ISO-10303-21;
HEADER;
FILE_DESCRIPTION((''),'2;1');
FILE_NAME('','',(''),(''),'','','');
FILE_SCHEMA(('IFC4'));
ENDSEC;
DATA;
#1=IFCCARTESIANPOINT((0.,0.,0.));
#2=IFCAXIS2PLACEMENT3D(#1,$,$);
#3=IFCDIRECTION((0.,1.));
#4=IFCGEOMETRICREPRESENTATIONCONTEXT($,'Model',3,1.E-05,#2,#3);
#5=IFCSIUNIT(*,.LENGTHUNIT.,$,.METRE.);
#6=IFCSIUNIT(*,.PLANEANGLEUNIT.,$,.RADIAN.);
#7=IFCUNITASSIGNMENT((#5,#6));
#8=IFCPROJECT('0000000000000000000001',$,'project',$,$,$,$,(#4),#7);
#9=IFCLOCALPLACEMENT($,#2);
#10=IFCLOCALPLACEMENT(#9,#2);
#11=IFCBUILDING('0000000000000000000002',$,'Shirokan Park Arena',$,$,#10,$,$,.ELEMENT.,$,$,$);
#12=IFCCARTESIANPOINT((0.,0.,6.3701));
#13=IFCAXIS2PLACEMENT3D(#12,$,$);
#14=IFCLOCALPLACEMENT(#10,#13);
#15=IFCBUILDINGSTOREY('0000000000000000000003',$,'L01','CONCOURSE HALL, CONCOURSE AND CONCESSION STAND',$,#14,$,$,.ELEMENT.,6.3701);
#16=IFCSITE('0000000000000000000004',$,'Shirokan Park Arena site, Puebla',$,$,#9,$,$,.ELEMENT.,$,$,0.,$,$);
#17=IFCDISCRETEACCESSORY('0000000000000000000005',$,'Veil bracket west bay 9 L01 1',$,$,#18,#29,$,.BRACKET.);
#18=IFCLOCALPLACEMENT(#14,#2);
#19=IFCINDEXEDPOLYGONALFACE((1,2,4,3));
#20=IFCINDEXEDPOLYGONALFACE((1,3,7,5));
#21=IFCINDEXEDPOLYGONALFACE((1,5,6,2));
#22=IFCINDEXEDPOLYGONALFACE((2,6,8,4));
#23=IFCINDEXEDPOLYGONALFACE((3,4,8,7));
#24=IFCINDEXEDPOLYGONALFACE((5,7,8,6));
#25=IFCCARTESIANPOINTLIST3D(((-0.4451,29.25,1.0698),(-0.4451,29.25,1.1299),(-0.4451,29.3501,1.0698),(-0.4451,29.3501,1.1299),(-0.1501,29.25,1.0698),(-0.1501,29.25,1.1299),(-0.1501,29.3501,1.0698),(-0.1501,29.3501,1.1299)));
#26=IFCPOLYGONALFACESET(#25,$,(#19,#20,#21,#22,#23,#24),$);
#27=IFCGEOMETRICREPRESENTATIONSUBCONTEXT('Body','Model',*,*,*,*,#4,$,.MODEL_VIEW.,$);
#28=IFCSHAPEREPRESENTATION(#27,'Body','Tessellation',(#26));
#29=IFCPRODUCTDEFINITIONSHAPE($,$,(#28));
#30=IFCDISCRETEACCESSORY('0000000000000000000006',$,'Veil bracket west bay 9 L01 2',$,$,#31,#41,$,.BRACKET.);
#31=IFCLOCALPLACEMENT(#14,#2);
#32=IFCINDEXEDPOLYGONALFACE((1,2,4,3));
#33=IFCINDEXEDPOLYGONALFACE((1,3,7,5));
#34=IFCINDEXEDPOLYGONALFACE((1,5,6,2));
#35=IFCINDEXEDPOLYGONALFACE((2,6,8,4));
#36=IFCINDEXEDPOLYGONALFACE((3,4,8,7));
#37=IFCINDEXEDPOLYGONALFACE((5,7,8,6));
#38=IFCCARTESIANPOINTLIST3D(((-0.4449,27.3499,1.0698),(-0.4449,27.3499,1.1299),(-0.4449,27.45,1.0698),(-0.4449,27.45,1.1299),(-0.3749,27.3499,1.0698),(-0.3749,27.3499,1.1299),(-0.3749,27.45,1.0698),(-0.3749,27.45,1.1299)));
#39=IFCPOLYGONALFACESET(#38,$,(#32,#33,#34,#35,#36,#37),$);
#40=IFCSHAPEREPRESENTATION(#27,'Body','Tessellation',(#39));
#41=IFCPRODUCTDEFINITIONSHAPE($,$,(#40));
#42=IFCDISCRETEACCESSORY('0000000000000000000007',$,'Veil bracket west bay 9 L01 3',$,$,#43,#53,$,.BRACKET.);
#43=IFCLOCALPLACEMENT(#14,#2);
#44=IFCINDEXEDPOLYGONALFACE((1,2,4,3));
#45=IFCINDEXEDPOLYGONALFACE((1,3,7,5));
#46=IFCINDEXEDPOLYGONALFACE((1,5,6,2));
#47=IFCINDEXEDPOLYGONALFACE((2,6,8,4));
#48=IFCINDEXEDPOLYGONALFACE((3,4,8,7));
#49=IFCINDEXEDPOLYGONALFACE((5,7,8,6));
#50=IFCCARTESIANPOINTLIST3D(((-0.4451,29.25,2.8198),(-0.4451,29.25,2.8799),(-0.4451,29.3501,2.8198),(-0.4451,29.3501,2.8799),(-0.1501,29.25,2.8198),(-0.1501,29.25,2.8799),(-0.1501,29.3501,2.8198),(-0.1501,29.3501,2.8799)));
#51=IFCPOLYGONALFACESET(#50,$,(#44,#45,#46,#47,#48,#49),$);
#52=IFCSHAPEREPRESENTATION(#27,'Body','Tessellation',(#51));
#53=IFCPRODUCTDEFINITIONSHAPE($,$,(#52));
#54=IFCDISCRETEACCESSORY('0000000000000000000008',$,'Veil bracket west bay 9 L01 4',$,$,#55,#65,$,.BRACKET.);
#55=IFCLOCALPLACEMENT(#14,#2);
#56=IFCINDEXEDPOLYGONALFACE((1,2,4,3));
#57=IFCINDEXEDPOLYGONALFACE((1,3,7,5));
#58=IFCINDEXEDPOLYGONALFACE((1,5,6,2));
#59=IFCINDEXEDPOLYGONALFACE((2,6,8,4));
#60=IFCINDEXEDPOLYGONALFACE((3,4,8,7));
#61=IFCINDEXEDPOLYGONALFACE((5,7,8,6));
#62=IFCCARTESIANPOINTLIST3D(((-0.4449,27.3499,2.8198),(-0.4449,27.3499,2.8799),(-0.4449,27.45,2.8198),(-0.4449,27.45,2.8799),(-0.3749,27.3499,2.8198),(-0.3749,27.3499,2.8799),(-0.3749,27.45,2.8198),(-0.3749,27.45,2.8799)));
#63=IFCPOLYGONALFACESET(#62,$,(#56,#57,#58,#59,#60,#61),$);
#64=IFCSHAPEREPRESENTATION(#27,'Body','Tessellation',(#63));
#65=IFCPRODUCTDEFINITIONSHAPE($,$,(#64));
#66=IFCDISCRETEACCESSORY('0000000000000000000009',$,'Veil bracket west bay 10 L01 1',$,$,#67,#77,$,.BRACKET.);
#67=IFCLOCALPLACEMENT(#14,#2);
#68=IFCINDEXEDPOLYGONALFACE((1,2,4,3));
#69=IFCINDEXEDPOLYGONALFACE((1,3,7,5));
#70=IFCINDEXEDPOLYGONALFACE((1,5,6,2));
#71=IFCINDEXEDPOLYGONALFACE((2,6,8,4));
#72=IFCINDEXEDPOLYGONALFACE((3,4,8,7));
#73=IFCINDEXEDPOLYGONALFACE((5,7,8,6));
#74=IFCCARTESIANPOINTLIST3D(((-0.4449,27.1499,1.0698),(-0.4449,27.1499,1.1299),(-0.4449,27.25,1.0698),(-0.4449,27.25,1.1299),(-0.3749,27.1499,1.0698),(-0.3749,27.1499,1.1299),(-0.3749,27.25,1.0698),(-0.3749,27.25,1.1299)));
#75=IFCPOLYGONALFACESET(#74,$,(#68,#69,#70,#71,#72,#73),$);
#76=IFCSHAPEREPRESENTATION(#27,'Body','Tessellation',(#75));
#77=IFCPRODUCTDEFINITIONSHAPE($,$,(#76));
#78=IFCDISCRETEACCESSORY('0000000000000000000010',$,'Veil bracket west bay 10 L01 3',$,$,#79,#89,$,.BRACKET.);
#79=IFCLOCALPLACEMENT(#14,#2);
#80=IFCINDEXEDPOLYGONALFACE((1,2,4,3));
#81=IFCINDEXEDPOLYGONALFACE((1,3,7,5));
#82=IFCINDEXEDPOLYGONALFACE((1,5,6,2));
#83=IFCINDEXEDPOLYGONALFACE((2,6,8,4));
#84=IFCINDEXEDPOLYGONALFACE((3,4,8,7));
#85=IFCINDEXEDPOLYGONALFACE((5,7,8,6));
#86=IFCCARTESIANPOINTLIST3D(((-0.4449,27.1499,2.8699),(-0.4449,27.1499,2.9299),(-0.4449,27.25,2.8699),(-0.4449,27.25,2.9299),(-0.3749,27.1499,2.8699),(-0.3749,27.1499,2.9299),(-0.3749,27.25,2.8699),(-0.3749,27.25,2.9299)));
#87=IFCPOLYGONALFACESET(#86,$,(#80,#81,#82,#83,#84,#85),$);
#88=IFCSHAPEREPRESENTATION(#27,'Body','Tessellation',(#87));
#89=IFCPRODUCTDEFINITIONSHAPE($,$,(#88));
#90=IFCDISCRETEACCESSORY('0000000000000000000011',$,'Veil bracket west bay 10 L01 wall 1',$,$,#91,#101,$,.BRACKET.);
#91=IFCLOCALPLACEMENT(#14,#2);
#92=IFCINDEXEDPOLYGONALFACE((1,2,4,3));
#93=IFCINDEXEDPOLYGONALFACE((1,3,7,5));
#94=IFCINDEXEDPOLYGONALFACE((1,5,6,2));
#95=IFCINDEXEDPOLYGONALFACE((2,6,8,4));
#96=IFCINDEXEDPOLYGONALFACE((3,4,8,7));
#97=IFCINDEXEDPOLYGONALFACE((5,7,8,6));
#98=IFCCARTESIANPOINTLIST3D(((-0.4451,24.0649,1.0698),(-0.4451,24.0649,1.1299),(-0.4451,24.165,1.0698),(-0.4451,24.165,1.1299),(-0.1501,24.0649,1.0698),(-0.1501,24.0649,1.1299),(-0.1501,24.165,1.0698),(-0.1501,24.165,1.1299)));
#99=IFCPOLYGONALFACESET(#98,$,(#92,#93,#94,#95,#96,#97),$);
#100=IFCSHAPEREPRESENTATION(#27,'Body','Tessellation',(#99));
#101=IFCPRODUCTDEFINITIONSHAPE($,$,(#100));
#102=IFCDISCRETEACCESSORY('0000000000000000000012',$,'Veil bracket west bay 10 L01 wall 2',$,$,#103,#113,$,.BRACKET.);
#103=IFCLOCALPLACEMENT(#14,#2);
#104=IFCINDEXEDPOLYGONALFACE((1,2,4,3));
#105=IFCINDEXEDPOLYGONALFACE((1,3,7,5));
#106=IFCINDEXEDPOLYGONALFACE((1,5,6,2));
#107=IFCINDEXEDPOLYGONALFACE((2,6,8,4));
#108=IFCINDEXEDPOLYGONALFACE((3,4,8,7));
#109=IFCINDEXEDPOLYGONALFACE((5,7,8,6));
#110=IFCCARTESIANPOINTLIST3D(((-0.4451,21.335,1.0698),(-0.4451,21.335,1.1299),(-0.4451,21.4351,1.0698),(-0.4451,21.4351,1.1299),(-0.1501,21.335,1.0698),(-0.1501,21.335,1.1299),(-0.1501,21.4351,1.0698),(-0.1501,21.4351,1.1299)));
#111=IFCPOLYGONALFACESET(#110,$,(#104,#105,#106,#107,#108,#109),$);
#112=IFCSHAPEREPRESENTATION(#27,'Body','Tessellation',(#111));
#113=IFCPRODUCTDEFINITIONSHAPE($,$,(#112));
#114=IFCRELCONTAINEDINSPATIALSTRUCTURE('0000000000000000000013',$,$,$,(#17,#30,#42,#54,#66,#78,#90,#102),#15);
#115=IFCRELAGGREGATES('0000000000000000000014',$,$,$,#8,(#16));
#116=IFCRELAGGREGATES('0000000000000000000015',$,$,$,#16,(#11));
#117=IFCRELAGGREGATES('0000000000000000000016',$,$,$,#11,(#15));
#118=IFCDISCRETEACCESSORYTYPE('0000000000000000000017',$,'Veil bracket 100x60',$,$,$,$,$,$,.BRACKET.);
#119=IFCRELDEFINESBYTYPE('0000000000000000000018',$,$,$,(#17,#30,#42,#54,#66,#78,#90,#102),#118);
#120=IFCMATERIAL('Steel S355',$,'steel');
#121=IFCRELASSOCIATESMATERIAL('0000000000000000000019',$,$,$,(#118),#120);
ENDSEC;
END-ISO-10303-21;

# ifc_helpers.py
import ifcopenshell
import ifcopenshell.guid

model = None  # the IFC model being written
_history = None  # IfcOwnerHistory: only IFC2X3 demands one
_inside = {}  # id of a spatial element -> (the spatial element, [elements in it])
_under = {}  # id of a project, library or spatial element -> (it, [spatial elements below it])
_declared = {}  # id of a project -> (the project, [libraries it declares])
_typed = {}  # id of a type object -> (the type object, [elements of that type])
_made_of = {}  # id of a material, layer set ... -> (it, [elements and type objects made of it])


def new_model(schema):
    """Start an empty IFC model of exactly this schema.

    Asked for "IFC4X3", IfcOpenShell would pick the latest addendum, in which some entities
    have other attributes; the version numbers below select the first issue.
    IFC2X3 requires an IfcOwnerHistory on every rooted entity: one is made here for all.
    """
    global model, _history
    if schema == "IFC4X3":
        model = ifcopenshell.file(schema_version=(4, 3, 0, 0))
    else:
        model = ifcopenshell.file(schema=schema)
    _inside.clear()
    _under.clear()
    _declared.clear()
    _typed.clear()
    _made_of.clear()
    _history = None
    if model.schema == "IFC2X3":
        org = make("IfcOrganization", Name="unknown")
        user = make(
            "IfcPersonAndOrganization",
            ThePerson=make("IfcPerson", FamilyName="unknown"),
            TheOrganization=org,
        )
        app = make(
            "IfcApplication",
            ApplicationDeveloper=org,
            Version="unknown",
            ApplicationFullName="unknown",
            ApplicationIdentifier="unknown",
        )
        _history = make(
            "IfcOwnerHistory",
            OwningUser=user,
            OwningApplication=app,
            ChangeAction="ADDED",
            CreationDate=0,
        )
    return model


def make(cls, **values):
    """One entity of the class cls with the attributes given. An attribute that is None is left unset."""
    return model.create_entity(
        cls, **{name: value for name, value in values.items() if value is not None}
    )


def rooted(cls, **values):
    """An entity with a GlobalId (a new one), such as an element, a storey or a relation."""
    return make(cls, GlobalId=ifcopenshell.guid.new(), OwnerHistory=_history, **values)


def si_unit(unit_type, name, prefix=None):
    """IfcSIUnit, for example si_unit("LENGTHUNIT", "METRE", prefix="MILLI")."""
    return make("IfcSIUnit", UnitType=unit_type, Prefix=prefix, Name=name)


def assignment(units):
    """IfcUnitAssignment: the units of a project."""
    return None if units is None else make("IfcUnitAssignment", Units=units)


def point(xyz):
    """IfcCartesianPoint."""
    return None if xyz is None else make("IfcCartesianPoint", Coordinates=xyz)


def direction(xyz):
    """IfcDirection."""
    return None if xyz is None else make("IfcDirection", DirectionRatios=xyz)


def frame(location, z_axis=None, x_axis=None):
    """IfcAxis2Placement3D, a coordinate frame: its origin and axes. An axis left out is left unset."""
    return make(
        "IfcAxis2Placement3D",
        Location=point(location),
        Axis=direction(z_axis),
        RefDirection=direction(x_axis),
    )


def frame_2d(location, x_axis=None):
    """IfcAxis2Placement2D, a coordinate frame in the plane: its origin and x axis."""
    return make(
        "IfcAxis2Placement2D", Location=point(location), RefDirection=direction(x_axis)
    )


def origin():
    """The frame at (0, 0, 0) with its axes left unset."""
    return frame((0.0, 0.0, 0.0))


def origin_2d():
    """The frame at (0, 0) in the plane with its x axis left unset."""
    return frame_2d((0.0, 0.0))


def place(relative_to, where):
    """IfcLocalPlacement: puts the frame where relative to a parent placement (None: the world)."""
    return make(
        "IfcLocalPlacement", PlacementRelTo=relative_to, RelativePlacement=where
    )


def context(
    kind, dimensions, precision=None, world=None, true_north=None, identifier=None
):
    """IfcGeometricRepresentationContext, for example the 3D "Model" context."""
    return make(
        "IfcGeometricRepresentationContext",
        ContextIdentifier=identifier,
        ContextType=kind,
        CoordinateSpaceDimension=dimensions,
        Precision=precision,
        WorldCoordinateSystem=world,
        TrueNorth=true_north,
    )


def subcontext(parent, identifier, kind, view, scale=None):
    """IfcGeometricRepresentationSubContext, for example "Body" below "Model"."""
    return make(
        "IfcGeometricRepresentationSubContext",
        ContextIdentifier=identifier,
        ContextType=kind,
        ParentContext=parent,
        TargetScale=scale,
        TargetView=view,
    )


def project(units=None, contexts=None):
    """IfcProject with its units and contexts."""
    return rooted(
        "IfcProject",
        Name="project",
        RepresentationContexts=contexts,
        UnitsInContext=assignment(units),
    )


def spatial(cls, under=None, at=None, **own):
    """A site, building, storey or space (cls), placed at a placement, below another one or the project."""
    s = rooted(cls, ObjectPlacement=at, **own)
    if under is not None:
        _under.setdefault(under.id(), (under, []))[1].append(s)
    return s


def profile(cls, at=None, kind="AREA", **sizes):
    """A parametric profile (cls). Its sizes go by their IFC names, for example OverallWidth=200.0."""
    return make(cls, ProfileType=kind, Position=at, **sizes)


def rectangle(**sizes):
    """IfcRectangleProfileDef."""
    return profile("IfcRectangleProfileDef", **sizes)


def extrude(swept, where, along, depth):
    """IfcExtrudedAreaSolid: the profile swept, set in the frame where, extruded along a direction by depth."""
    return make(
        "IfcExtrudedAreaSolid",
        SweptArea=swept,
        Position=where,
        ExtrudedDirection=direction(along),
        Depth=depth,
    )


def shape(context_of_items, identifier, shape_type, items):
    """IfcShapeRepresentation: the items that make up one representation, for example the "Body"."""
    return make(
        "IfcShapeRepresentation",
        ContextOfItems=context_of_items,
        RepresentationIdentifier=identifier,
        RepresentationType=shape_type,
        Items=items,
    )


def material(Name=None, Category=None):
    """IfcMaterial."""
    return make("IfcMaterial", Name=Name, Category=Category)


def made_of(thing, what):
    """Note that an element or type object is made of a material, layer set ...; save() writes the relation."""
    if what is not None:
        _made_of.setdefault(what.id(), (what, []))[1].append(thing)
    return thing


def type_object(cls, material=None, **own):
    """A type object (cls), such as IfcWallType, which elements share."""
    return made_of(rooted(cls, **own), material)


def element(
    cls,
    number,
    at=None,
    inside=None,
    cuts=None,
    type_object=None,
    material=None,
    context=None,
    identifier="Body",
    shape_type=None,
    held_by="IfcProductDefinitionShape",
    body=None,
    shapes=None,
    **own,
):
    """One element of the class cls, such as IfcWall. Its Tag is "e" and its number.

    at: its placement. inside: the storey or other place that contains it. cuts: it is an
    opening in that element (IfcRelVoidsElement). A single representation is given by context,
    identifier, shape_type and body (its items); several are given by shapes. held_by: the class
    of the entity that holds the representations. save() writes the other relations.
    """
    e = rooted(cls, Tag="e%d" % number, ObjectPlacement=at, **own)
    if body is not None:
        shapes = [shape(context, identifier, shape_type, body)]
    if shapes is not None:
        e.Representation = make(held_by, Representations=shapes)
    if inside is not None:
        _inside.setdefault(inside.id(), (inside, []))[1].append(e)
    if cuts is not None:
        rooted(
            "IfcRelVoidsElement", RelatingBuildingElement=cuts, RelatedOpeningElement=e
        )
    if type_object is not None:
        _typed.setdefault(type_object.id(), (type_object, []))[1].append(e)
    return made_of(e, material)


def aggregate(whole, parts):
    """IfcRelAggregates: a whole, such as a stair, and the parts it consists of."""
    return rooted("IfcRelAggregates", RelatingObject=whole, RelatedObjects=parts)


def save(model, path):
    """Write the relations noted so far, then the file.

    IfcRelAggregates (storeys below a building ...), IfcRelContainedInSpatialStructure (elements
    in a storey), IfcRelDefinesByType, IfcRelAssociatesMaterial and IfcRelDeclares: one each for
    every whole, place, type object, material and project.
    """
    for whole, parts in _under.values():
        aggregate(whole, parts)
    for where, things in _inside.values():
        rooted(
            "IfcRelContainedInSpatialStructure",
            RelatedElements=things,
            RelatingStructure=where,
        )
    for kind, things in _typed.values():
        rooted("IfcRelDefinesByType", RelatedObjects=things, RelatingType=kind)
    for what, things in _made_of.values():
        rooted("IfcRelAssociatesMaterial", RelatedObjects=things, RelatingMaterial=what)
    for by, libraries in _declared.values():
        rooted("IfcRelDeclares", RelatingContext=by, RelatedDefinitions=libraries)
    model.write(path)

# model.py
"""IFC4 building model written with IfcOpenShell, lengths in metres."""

from ifc_helpers import new_model, si_unit, direction, frame, origin, origin_2d, place, context, subcontext, project, spatial, rectangle, extrude, material, type_object, element, save


model = new_model("IFC4")

# Units and contexts
model_context = context("Model", 3, precision=1e-05, world=origin(), true_north=direction((0.0, 1.0)))
body_context = subcontext(model_context, "Body", "Model", "MODEL_VIEW")
ifc_project = project(units=[si_unit("LENGTHUNIT", "METRE"), si_unit("PLANEANGLEUNIT", "RADIAN")], contexts=[model_context])

# Site, building, storey
site_placement = place(None, origin())
site = spatial("IfcSite", under=ifc_project, at=site_placement, Name="Shirokan Park Arena site, Puebla", CompositionType="ELEMENT", RefElevation=0.0)
building_placement = place(site_placement, origin())
building = spatial("IfcBuilding", under=site, at=building_placement, Name="Shirokan Park Arena", CompositionType="ELEMENT")
storey_placement = place(building_placement, frame((0.0, 0.0, 6.3701)))
storey = spatial("IfcBuildingStorey", under=building, at=storey_placement, Name="L01", Description="CONCOURSE HALL, CONCOURSE AND CONCESSION STAND", CompositionType="ELEMENT", Elevation=6.3701)

# Discrete accessories
ifc_material_1 = material(Name="Steel S355", Category="steel")
discrete_accessory_type = type_object("IfcDiscreteAccessoryType", Name="Veil bracket 100x60", PredefinedType="BRACKET", material=ifc_material_1)
discrete_accessory_1_placement = place(storey_placement, frame((-0.2976, 29.3, 1.0698), z_axis=(0.0, 0.0, 1.0), x_axis=(0.0, -1.0, 0.0)))
element("IfcDiscreteAccessory", 1, at=discrete_accessory_1_placement, inside=storey, type_object=discrete_accessory_type, Name="Veil bracket west bay 9 L01 1", PredefinedType="BRACKET", context=body_context, shape_type="SweptSolid", body=[
    extrude(rectangle(XDim=0.1001, YDim=0.2949, at=origin_2d()), origin(), (0.0, 0.0, 1.0), 0.0601),
])
discrete_accessory_2_placement = place(storey_placement, frame((-0.4099, 27.3999, 1.0698), z_axis=(0.0, 0.0, 1.0), x_axis=(0.0, -1.0, 0.0)))
element("IfcDiscreteAccessory", 2, at=discrete_accessory_2_placement, inside=storey, type_object=discrete_accessory_type, Name="Veil bracket west bay 9 L01 2", PredefinedType="BRACKET", context=body_context, shape_type="SweptSolid", body=[
    extrude(rectangle(XDim=0.1001, YDim=0.0701, at=origin_2d()), origin(), (0.0, 0.0, 1.0), 0.0601),
])
discrete_accessory_3_placement = place(storey_placement, frame((-0.2976, 29.3, 2.8198), z_axis=(0.0, 0.0, 1.0), x_axis=(0.0, -1.0, 0.0)))
element("IfcDiscreteAccessory", 3, at=discrete_accessory_3_placement, inside=storey, type_object=discrete_accessory_type, Name="Veil bracket west bay 9 L01 3", PredefinedType="BRACKET", context=body_context, shape_type="SweptSolid", body=[
    extrude(rectangle(XDim=0.1001, YDim=0.2949, at=origin_2d()), origin(), (0.0, 0.0, 1.0), 0.0601),
])
for number, where, z_axis, x_axis, name in (
    (4, (-0.4099, 27.3999, 2.8198), (0.0, 0.0, 1.0), (0.0, -1.0, 0.0), "Veil bracket west bay 9 L01 4"),
    (5, (-0.4099, 27.2, 1.0698), (0.0, 0.0, 1.0), (0.0, -1.0, 0.0), "Veil bracket west bay 10 L01 1"),
    (6, (-0.4099, 27.2, 2.8699), (0.0, 0.0, 1.0), (0.0, -1.0, 0.0), "Veil bracket west bay 10 L01 3"),
):
    element("IfcDiscreteAccessory", number, at=place(storey_placement, frame(where, z_axis=z_axis, x_axis=x_axis)), inside=storey, type_object=discrete_accessory_type, Name=name, PredefinedType="BRACKET", context=body_context, shape_type="SweptSolid", body=[
        extrude(rectangle(XDim=0.1001, YDim=0.0701, at=origin_2d()), origin(), (0.0, 0.0, 1.0), 0.0601),
    ])
for number, where, z_axis, x_axis, name in (
    (7, (-0.2976, 24.115, 1.0698), (0.0, 0.0, 1.0), (0.0, -1.0, 0.0), "Veil bracket west bay 10 L01 wall 1"),
    (8, (-0.2976, 21.385, 1.0698), (0.0, 0.0, 1.0), (0.0, -1.0, 0.0), "Veil bracket west bay 10 L01 wall 2"),
):
    element("IfcDiscreteAccessory", number, at=place(storey_placement, frame(where, z_axis=z_axis, x_axis=x_axis)), inside=storey, type_object=discrete_accessory_type, Name=name, PredefinedType="BRACKET", context=body_context, shape_type="SweptSolid", body=[
        extrude(rectangle(XDim=0.1001, YDim=0.2949, at=origin_2d()), origin(), (0.0, 0.0, 1.0), 0.0601),
    ])

save(model, "model.ifc")
